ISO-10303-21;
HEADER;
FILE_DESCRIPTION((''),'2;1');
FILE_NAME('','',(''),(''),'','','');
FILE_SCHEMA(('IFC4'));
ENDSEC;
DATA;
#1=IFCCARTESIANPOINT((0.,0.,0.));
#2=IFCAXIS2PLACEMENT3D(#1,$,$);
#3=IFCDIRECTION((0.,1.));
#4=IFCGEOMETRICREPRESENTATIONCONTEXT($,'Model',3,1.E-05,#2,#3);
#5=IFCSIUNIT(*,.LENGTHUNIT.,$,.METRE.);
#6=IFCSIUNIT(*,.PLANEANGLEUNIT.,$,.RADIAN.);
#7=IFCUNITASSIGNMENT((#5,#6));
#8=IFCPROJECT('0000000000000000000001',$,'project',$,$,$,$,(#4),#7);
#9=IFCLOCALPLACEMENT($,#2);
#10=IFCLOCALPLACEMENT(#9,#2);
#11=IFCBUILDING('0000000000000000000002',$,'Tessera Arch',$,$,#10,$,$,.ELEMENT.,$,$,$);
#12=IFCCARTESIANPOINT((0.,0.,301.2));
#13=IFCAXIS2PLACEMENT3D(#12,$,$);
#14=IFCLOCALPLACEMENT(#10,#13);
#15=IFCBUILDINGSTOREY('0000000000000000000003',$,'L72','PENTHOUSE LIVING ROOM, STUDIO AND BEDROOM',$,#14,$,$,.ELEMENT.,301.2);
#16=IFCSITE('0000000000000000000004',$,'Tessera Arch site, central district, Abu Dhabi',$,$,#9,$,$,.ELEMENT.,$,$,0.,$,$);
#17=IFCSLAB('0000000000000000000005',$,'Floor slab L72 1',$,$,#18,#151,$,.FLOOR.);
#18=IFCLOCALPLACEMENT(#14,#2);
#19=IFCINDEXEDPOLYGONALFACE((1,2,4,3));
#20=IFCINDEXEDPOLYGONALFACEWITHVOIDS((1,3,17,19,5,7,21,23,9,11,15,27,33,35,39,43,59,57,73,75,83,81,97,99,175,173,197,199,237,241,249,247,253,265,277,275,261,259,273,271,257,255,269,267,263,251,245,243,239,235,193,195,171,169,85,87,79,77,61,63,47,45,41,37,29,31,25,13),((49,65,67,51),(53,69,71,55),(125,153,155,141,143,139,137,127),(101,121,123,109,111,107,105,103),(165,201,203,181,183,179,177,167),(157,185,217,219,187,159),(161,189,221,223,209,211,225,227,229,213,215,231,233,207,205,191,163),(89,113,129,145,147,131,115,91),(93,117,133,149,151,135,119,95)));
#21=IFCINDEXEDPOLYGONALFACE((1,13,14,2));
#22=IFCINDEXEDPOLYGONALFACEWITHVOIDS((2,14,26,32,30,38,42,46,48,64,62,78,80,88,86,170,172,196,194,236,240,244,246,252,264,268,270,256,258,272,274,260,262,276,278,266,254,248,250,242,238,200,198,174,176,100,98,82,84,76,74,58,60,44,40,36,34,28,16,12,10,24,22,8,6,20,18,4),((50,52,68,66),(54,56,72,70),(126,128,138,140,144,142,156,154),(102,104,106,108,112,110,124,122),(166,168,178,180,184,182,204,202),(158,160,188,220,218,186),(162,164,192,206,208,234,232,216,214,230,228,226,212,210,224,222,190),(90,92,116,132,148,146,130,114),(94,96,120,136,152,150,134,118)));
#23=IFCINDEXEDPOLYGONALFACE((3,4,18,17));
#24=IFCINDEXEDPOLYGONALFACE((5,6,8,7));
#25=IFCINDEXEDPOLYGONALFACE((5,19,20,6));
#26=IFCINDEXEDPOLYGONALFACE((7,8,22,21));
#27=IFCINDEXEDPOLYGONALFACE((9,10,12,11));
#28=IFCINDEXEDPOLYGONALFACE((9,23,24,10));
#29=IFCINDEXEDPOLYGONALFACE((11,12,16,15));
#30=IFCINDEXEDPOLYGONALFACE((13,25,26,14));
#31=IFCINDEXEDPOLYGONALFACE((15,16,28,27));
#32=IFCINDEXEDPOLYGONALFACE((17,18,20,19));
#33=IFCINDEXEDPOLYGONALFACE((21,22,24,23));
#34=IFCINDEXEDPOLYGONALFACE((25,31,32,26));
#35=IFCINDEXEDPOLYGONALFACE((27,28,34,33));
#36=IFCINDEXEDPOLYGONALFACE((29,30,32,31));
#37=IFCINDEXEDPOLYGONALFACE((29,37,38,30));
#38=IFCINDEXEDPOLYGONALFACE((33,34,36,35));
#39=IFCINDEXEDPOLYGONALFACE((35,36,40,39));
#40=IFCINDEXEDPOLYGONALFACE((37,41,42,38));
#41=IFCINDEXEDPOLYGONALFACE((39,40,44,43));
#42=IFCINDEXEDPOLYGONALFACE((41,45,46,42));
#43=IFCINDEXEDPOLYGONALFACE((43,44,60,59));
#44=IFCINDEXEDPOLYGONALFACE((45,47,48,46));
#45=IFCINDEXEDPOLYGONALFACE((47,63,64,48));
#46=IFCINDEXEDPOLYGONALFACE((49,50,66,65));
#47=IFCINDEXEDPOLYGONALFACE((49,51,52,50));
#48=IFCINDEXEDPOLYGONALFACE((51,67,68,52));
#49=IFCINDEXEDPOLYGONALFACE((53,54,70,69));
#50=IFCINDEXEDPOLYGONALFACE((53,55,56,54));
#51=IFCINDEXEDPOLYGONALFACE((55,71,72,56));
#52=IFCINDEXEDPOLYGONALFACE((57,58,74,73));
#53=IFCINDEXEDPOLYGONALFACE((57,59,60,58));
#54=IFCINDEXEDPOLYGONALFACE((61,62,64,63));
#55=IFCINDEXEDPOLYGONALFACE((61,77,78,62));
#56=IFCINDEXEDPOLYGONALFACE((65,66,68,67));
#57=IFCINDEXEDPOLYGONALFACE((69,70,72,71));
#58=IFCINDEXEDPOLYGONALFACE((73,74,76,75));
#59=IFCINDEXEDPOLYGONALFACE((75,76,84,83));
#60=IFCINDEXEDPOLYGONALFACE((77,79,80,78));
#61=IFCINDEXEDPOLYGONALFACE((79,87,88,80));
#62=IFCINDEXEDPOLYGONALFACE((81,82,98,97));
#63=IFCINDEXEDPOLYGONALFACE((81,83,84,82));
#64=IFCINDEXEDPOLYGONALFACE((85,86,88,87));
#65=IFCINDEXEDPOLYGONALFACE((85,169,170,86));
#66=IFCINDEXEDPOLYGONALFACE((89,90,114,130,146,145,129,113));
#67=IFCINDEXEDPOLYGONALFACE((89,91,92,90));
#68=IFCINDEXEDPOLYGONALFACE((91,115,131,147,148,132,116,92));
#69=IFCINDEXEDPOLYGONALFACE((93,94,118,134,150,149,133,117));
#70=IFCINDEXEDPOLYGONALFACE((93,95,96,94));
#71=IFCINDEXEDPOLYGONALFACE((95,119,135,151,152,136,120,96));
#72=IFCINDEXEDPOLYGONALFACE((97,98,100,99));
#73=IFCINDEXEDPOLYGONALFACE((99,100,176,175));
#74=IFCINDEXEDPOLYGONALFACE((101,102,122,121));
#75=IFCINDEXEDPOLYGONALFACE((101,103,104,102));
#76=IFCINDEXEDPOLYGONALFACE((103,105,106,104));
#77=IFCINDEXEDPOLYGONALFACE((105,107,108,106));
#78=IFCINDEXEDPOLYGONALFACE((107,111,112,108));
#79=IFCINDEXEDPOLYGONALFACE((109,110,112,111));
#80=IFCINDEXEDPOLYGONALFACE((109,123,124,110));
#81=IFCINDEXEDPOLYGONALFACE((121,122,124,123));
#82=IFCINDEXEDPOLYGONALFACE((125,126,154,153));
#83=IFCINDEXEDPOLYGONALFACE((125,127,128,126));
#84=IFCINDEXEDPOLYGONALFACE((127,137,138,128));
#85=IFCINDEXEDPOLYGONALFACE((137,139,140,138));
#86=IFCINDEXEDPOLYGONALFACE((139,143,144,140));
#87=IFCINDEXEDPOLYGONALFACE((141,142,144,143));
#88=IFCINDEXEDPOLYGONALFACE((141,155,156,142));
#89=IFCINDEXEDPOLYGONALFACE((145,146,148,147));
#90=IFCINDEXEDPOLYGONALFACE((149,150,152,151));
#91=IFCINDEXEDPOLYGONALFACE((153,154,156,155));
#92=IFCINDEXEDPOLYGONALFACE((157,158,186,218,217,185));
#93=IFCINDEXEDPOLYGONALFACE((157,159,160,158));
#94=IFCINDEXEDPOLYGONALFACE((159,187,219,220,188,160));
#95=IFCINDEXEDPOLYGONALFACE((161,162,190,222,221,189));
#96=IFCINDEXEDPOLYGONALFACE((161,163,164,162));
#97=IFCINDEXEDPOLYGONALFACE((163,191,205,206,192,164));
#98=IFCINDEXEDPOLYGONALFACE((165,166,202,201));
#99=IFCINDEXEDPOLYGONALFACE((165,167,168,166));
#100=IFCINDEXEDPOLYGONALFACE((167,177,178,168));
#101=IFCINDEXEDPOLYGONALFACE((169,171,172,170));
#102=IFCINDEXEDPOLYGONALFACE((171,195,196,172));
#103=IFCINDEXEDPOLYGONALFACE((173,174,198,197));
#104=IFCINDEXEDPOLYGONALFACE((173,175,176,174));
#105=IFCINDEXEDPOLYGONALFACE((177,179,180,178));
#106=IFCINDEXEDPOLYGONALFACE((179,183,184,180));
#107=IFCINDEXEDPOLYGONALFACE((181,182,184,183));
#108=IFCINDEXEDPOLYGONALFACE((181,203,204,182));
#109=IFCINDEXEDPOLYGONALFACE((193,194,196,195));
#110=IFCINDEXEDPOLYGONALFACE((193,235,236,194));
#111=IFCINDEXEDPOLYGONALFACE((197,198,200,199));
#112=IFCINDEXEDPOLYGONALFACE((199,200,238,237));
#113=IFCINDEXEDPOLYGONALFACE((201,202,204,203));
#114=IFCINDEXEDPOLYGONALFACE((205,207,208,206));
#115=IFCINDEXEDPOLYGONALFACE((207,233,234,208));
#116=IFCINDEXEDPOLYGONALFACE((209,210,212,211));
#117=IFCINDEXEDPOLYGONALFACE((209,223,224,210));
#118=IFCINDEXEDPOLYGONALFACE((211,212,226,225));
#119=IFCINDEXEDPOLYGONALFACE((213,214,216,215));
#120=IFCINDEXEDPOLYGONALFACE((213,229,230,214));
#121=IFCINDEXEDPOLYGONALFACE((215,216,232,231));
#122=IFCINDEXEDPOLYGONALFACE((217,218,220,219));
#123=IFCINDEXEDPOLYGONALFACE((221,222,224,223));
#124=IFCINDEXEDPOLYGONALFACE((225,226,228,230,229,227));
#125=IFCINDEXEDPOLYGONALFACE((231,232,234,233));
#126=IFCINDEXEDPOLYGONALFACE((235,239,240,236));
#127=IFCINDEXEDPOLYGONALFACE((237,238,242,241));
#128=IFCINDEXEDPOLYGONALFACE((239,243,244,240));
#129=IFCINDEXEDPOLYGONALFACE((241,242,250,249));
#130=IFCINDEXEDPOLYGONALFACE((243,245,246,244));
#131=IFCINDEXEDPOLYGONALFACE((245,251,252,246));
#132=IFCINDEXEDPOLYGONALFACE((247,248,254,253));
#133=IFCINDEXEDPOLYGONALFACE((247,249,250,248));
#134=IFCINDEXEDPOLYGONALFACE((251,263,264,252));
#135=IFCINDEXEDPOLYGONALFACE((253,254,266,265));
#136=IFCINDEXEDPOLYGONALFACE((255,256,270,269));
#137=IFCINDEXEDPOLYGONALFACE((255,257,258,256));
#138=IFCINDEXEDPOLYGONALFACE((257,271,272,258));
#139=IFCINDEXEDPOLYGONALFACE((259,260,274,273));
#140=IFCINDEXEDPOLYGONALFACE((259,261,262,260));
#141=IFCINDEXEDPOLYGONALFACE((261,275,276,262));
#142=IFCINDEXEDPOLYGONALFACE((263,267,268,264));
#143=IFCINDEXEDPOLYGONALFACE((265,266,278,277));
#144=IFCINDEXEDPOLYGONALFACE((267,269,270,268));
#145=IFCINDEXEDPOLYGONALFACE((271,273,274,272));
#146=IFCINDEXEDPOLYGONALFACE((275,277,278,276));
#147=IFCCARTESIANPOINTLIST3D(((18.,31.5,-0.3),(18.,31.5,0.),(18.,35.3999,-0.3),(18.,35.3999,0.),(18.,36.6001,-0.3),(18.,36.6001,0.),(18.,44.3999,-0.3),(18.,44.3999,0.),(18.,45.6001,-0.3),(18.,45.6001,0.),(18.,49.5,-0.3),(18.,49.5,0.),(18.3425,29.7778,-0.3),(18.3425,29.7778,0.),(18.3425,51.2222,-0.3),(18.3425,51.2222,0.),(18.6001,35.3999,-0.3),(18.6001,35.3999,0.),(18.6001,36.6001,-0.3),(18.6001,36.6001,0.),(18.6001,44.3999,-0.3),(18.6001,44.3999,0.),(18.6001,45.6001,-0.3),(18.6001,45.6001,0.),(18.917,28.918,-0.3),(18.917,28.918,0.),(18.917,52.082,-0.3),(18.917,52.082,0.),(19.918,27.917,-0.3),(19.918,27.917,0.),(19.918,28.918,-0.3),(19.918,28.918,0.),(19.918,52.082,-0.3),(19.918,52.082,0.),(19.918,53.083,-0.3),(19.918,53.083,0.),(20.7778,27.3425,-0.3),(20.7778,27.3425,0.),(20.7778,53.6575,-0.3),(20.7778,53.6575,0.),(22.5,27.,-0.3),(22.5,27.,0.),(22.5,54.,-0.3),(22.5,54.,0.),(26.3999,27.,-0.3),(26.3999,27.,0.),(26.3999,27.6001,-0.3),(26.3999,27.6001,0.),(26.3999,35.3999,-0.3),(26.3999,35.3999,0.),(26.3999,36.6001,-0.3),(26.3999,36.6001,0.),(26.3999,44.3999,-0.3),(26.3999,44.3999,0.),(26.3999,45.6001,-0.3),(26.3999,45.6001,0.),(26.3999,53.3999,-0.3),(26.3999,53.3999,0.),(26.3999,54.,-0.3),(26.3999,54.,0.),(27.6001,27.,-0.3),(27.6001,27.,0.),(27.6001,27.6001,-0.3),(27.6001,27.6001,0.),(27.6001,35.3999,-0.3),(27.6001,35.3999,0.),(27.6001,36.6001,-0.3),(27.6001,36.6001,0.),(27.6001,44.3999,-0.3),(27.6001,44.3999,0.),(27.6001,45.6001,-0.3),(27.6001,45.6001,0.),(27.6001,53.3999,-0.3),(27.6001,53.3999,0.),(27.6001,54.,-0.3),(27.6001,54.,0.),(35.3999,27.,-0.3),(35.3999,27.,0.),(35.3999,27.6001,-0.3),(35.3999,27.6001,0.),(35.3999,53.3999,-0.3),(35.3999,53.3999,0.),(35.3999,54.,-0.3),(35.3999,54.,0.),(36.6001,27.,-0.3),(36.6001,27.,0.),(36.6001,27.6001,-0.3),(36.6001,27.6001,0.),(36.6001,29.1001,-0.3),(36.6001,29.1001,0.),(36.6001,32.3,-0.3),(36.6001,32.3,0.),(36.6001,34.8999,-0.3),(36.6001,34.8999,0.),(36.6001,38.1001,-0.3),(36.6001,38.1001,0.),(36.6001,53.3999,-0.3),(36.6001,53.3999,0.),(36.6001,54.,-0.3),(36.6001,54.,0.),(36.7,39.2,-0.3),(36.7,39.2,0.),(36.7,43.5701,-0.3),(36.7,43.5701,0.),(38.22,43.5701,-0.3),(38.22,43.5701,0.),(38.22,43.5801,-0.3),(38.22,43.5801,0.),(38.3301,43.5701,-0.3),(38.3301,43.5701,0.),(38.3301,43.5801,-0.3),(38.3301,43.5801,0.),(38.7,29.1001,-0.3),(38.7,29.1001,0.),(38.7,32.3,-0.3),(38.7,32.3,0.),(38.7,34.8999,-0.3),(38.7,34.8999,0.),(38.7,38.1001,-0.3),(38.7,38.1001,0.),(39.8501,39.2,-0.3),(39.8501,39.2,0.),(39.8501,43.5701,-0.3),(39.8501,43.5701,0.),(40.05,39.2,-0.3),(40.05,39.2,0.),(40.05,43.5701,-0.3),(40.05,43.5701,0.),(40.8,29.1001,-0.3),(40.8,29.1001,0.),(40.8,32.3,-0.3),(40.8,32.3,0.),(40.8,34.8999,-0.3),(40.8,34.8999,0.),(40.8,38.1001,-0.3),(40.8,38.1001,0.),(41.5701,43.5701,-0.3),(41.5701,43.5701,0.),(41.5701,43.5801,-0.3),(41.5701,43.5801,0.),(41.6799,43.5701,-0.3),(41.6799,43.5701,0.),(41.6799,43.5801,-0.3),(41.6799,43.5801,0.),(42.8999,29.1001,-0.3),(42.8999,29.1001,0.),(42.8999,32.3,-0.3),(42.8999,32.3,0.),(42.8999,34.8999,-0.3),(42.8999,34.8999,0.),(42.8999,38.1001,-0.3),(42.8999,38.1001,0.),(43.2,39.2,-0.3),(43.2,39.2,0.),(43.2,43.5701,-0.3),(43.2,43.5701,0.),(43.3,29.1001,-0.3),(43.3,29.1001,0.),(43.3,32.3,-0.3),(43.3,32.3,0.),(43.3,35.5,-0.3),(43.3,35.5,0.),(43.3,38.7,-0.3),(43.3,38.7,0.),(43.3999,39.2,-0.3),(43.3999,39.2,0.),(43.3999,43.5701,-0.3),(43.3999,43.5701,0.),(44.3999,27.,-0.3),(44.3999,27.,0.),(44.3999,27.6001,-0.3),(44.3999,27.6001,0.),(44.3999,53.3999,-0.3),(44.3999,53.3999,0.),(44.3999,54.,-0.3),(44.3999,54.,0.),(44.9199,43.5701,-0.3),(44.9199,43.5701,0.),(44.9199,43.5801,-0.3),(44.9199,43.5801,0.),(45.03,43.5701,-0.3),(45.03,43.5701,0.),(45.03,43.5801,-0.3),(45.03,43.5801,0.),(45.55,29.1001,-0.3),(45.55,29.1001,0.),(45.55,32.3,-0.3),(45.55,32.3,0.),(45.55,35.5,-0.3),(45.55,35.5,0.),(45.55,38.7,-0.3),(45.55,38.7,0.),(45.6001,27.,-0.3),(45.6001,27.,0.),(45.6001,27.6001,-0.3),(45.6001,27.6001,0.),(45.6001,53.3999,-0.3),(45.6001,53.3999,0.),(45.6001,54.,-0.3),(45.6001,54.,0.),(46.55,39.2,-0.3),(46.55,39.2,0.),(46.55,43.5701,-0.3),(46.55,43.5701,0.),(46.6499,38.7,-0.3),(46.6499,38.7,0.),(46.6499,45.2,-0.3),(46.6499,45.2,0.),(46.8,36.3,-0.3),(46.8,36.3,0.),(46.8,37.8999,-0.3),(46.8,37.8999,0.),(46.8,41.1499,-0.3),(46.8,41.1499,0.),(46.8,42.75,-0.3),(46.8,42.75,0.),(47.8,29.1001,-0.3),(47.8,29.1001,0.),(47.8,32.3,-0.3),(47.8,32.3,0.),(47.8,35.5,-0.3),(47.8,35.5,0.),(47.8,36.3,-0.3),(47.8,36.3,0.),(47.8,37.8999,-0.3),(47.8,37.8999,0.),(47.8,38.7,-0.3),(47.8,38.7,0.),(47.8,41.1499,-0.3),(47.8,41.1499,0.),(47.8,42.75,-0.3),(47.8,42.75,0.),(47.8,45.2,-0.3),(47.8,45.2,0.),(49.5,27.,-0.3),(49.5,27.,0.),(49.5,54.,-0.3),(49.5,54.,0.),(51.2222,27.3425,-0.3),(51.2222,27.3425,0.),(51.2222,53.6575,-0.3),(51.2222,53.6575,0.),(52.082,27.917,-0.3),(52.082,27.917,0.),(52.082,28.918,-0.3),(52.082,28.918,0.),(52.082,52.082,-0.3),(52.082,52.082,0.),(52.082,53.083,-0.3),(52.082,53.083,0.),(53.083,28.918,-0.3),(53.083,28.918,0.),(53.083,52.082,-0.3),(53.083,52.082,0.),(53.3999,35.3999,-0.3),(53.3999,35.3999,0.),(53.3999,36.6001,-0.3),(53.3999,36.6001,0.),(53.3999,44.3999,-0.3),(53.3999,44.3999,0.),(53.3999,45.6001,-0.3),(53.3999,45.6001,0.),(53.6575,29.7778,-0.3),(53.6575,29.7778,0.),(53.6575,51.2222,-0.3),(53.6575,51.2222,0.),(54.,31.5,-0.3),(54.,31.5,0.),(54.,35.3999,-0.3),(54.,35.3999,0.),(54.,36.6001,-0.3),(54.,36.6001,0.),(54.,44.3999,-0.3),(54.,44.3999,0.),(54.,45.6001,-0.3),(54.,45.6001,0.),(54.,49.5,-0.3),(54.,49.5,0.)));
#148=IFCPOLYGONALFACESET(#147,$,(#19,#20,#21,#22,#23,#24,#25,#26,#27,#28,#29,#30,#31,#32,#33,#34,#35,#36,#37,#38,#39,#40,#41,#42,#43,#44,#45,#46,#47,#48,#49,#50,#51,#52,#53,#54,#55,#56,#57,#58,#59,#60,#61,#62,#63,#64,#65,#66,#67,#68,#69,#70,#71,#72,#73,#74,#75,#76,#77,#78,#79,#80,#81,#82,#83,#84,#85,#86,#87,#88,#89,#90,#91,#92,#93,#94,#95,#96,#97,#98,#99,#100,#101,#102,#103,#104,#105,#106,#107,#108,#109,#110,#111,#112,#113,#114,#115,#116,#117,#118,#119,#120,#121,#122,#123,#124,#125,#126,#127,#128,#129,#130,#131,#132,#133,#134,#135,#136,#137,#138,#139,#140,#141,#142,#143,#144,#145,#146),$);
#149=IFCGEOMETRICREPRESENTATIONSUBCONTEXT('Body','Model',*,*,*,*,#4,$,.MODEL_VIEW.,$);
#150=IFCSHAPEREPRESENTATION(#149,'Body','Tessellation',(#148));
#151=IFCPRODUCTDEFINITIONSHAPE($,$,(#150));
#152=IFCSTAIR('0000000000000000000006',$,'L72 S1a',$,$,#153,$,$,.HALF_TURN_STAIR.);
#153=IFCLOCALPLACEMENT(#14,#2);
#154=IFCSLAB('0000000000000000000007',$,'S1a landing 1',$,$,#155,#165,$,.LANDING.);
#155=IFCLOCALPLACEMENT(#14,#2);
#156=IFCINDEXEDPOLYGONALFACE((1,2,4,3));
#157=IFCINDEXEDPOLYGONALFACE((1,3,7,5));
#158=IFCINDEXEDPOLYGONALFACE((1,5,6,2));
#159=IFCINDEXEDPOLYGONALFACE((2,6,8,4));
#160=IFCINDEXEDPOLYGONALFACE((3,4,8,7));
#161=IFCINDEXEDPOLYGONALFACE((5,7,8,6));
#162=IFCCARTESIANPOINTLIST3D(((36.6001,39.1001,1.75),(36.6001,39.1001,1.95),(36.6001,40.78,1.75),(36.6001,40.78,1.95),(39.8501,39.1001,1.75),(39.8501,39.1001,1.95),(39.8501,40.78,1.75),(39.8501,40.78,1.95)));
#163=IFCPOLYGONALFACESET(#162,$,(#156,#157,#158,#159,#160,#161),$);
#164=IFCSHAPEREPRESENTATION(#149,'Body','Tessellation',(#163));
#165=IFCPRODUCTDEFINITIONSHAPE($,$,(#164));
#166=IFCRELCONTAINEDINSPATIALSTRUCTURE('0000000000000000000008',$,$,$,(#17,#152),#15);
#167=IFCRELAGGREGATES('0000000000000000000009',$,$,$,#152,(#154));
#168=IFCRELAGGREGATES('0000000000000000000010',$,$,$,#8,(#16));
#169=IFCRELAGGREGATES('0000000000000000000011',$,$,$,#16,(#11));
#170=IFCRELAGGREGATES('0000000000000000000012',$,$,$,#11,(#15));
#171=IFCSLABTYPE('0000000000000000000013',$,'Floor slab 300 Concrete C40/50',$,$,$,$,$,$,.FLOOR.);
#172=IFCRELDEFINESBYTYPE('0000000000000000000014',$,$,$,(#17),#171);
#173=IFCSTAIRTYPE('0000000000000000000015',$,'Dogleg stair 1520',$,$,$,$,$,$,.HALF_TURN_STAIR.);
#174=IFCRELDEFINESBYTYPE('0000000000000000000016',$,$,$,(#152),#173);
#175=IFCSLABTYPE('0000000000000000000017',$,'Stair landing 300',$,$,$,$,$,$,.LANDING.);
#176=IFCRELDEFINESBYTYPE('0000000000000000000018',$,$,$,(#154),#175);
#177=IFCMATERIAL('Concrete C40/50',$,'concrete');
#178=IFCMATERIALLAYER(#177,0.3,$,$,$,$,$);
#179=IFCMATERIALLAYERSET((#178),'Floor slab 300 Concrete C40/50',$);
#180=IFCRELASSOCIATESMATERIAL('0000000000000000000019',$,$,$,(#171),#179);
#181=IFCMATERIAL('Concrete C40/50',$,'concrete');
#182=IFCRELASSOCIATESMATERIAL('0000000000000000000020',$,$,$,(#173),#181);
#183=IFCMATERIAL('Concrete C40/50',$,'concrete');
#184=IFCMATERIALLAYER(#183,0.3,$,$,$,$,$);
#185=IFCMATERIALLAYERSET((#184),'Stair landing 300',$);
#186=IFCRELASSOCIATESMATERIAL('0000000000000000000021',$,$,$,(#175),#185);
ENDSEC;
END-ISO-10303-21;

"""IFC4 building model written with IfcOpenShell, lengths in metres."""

from ifc_helpers import new_model, si_unit, direction, frame, origin, place, context, subcontext, project, spatial, polyline, outline, extrude, material, layer, layer_set, type_object, element, aggregate, save


model = new_model("IFC4")

# Units and contexts
model_context = context("Model", 3, precision=1e-05, world=origin(), true_north=direction((0.0, 1.0)))
body_context = subcontext(model_context, "Body", "Model", "MODEL_VIEW")
ifc_project = project(units=[si_unit("LENGTHUNIT", "METRE"), si_unit("PLANEANGLEUNIT", "RADIAN")], contexts=[model_context])

# Site, building, storey
site_placement = place(None, origin())
site = spatial("IfcSite", under=ifc_project, at=site_placement, Name="Tessera Arch site, central district, Abu Dhabi", CompositionType="ELEMENT", RefElevation=0.0)
building_placement = place(site_placement, origin())
building = spatial("IfcBuilding", under=site, at=building_placement, Name="Tessera Arch", CompositionType="ELEMENT")
storey_placement = place(building_placement, frame((0.0, 0.0, 301.2)))
storey = spatial("IfcBuildingStorey", under=building, at=storey_placement, Name="L72", Description="PENTHOUSE LIVING ROOM, STUDIO AND BEDROOM", CompositionType="ELEMENT", Elevation=301.2)

# Slab
ifc_material_1 = material(Name="Concrete C40/50", Category="concrete")
ifc_layer_1 = layer(ifc_material_1, 0.3)
ifc_layer_set_1 = layer_set([ifc_layer_1], Name="Floor slab 300 Concrete C40/50")
slab_type_1 = type_object("IfcSlabType", Name="Floor slab 300 Concrete C40/50", PredefinedType="FLOOR", material=ifc_layer_set_1)
slab_1_placement = place(storey_placement, frame((0.0, 0.0, -0.3)))
element("IfcSlab", 1, at=slab_1_placement, inside=storey, type_object=slab_type_1, Name="Floor slab L72 1", PredefinedType="FLOOR", context=body_context, shape_type="SweptSolid", body=[
    extrude(outline(polyline([(54.0, 31.5), (53.6575, 29.7778), (53.083, 28.918), (52.082, 28.918), (52.082, 27.917), (51.2222, 27.3425), (49.5, 27.0), (45.6001, 27.0), (45.6001, 27.6001), (44.3999, 27.6001), (44.3999, 27.0), (36.6001, 27.0), (36.6001, 27.6001), (35.3999, 27.6001), (35.3999, 27.0), (27.6001, 27.0), (27.6001, 27.6001), (26.3999, 27.6001), (26.3999, 27.0), (22.5, 27.0), (20.7778, 27.3425), (19.918, 27.917), (19.918, 28.918), (18.917, 28.918), (18.3425, 29.7778), (18.0, 31.5), (18.0, 35.3999), (18.6001, 35.3999), (18.6001, 36.6001), (18.0, 36.6001), (18.0, 44.3999), (18.6001, 44.3999), (18.6001, 45.6001), (18.0, 45.6001), (18.0, 49.5), (18.3425, 51.2222), (18.917, 52.082), (19.918, 52.082), (19.918, 53.083), (20.7778, 53.6575), (22.5, 54.0), (26.3999, 54.0), (26.3999, 53.3999), (27.6001, 53.3999), (27.6001, 54.0), (35.3999, 54.0), (35.3999, 53.3999), (36.6001, 53.3999), (36.6001, 54.0), (44.3999, 54.0), (44.3999, 53.3999), (45.6001, 53.3999), (45.6001, 54.0), (49.5, 54.0), (51.2222, 53.6575), (52.082, 53.083), (52.082, 52.082), (53.083, 52.082), (53.6575, 51.2222), (54.0, 49.5), (54.0, 45.6001), (53.3999, 45.6001), (53.3999, 44.3999), (54.0, 44.3999), (54.0, 36.6001), (53.3999, 36.6001), (53.3999, 35.3999), (54.0, 35.3999), (54.0, 31.5)]), holes=[polyline([(40.8, 29.1001), (42.8999, 29.1001), (42.8999, 32.3), (40.8, 32.3), (38.7, 32.3), (36.6001, 32.3), (36.6001, 29.1001), (38.7, 29.1001), (40.8, 29.1001)]), polyline([(27.6001, 35.3999), (27.6001, 36.6001), (26.3999, 36.6001), (26.3999, 35.3999), (27.6001, 35.3999)]), polyline([(40.8, 34.8999), (42.8999, 34.8999), (42.8999, 38.1001), (40.8, 38.1001), (38.7, 38.1001), (36.6001, 38.1001), (36.6001, 34.8999), (38.7, 34.8999), (40.8, 34.8999)]), polyline([(38.22, 43.5801), (38.22, 43.5701), (36.7, 43.5701), (36.7, 39.2), (39.8501, 39.2), (39.8501, 43.5701), (38.3301, 43.5701), (38.3301, 43.5801), (38.22, 43.5801)]), polyline([(27.6001, 44.3999), (27.6001, 45.6001), (26.3999, 45.6001), (26.3999, 44.3999), (27.6001, 44.3999)]), polyline([(47.8, 32.3), (45.55, 32.3), (43.3, 32.3), (43.3, 29.1001), (45.55, 29.1001), (47.8, 29.1001), (47.8, 32.3)]), polyline([(46.6499, 38.7), (45.55, 38.7), (43.3, 38.7), (43.3, 35.5), (45.55, 35.5), (47.8, 35.5), (47.8, 36.3), (46.8, 36.3), (46.8, 37.8999), (47.8, 37.8999), (47.8, 38.7), (47.8, 41.1499), (46.8, 41.1499), (46.8, 42.75), (47.8, 42.75), (47.8, 45.2), (46.6499, 45.2), (46.6499, 38.7)]), polyline([(41.5701, 43.5801), (41.5701, 43.5701), (40.05, 43.5701), (40.05, 39.2), (43.2, 39.2), (43.2, 43.5701), (41.6799, 43.5701), (41.6799, 43.5801), (41.5701, 43.5801)]), polyline([(44.9199, 43.5801), (44.9199, 43.5701), (43.3999, 43.5701), (43.3999, 39.2), (46.55, 39.2), (46.55, 43.5701), (45.03, 43.5701), (45.03, 43.5801), (44.9199, 43.5801)])]), origin(), (0.0, 0.0, 1.0), 0.3),
])

# Stair, slab
ifc_material_2 = material(Name="Concrete C40/50", Category="concrete")
stair_type = type_object("IfcStairType", Name="Dogleg stair 1520", PredefinedType="HALF_TURN_STAIR", material=ifc_material_2)
stair_1_placement = place(storey_placement, origin())
stair_1 = element("IfcStair", 2, at=stair_1_placement, inside=storey, type_object=stair_type, Name="L72 S1a", PredefinedType="HALF_TURN_STAIR")
ifc_material_3 = material(Name="Concrete C40/50", Category="concrete")
ifc_layer_2 = layer(ifc_material_3, 0.3)
ifc_layer_set_2 = layer_set([ifc_layer_2], Name="Stair landing 300")
slab_type_2 = type_object("IfcSlabType", Name="Stair landing 300", PredefinedType="LANDING", material=ifc_layer_set_2)
slab_2_placement = place(storey_placement, frame((0.0, 0.0, 1.75)))
slab_2 = element("IfcSlab", 3, at=slab_2_placement, type_object=slab_type_2, Name="S1a landing 1", PredefinedType="LANDING", context=body_context, shape_type="SweptSolid", body=[
    extrude(outline(polyline([(36.6001, 40.78), (36.6001, 39.1001), (39.8501, 39.1001), (39.8501, 40.78), (36.6001, 40.78)])), origin(), (0.0, 0.0, 1.0), 0.2),
])
aggregate(stair_1, [slab_2])

save(model, "model.ifc")
